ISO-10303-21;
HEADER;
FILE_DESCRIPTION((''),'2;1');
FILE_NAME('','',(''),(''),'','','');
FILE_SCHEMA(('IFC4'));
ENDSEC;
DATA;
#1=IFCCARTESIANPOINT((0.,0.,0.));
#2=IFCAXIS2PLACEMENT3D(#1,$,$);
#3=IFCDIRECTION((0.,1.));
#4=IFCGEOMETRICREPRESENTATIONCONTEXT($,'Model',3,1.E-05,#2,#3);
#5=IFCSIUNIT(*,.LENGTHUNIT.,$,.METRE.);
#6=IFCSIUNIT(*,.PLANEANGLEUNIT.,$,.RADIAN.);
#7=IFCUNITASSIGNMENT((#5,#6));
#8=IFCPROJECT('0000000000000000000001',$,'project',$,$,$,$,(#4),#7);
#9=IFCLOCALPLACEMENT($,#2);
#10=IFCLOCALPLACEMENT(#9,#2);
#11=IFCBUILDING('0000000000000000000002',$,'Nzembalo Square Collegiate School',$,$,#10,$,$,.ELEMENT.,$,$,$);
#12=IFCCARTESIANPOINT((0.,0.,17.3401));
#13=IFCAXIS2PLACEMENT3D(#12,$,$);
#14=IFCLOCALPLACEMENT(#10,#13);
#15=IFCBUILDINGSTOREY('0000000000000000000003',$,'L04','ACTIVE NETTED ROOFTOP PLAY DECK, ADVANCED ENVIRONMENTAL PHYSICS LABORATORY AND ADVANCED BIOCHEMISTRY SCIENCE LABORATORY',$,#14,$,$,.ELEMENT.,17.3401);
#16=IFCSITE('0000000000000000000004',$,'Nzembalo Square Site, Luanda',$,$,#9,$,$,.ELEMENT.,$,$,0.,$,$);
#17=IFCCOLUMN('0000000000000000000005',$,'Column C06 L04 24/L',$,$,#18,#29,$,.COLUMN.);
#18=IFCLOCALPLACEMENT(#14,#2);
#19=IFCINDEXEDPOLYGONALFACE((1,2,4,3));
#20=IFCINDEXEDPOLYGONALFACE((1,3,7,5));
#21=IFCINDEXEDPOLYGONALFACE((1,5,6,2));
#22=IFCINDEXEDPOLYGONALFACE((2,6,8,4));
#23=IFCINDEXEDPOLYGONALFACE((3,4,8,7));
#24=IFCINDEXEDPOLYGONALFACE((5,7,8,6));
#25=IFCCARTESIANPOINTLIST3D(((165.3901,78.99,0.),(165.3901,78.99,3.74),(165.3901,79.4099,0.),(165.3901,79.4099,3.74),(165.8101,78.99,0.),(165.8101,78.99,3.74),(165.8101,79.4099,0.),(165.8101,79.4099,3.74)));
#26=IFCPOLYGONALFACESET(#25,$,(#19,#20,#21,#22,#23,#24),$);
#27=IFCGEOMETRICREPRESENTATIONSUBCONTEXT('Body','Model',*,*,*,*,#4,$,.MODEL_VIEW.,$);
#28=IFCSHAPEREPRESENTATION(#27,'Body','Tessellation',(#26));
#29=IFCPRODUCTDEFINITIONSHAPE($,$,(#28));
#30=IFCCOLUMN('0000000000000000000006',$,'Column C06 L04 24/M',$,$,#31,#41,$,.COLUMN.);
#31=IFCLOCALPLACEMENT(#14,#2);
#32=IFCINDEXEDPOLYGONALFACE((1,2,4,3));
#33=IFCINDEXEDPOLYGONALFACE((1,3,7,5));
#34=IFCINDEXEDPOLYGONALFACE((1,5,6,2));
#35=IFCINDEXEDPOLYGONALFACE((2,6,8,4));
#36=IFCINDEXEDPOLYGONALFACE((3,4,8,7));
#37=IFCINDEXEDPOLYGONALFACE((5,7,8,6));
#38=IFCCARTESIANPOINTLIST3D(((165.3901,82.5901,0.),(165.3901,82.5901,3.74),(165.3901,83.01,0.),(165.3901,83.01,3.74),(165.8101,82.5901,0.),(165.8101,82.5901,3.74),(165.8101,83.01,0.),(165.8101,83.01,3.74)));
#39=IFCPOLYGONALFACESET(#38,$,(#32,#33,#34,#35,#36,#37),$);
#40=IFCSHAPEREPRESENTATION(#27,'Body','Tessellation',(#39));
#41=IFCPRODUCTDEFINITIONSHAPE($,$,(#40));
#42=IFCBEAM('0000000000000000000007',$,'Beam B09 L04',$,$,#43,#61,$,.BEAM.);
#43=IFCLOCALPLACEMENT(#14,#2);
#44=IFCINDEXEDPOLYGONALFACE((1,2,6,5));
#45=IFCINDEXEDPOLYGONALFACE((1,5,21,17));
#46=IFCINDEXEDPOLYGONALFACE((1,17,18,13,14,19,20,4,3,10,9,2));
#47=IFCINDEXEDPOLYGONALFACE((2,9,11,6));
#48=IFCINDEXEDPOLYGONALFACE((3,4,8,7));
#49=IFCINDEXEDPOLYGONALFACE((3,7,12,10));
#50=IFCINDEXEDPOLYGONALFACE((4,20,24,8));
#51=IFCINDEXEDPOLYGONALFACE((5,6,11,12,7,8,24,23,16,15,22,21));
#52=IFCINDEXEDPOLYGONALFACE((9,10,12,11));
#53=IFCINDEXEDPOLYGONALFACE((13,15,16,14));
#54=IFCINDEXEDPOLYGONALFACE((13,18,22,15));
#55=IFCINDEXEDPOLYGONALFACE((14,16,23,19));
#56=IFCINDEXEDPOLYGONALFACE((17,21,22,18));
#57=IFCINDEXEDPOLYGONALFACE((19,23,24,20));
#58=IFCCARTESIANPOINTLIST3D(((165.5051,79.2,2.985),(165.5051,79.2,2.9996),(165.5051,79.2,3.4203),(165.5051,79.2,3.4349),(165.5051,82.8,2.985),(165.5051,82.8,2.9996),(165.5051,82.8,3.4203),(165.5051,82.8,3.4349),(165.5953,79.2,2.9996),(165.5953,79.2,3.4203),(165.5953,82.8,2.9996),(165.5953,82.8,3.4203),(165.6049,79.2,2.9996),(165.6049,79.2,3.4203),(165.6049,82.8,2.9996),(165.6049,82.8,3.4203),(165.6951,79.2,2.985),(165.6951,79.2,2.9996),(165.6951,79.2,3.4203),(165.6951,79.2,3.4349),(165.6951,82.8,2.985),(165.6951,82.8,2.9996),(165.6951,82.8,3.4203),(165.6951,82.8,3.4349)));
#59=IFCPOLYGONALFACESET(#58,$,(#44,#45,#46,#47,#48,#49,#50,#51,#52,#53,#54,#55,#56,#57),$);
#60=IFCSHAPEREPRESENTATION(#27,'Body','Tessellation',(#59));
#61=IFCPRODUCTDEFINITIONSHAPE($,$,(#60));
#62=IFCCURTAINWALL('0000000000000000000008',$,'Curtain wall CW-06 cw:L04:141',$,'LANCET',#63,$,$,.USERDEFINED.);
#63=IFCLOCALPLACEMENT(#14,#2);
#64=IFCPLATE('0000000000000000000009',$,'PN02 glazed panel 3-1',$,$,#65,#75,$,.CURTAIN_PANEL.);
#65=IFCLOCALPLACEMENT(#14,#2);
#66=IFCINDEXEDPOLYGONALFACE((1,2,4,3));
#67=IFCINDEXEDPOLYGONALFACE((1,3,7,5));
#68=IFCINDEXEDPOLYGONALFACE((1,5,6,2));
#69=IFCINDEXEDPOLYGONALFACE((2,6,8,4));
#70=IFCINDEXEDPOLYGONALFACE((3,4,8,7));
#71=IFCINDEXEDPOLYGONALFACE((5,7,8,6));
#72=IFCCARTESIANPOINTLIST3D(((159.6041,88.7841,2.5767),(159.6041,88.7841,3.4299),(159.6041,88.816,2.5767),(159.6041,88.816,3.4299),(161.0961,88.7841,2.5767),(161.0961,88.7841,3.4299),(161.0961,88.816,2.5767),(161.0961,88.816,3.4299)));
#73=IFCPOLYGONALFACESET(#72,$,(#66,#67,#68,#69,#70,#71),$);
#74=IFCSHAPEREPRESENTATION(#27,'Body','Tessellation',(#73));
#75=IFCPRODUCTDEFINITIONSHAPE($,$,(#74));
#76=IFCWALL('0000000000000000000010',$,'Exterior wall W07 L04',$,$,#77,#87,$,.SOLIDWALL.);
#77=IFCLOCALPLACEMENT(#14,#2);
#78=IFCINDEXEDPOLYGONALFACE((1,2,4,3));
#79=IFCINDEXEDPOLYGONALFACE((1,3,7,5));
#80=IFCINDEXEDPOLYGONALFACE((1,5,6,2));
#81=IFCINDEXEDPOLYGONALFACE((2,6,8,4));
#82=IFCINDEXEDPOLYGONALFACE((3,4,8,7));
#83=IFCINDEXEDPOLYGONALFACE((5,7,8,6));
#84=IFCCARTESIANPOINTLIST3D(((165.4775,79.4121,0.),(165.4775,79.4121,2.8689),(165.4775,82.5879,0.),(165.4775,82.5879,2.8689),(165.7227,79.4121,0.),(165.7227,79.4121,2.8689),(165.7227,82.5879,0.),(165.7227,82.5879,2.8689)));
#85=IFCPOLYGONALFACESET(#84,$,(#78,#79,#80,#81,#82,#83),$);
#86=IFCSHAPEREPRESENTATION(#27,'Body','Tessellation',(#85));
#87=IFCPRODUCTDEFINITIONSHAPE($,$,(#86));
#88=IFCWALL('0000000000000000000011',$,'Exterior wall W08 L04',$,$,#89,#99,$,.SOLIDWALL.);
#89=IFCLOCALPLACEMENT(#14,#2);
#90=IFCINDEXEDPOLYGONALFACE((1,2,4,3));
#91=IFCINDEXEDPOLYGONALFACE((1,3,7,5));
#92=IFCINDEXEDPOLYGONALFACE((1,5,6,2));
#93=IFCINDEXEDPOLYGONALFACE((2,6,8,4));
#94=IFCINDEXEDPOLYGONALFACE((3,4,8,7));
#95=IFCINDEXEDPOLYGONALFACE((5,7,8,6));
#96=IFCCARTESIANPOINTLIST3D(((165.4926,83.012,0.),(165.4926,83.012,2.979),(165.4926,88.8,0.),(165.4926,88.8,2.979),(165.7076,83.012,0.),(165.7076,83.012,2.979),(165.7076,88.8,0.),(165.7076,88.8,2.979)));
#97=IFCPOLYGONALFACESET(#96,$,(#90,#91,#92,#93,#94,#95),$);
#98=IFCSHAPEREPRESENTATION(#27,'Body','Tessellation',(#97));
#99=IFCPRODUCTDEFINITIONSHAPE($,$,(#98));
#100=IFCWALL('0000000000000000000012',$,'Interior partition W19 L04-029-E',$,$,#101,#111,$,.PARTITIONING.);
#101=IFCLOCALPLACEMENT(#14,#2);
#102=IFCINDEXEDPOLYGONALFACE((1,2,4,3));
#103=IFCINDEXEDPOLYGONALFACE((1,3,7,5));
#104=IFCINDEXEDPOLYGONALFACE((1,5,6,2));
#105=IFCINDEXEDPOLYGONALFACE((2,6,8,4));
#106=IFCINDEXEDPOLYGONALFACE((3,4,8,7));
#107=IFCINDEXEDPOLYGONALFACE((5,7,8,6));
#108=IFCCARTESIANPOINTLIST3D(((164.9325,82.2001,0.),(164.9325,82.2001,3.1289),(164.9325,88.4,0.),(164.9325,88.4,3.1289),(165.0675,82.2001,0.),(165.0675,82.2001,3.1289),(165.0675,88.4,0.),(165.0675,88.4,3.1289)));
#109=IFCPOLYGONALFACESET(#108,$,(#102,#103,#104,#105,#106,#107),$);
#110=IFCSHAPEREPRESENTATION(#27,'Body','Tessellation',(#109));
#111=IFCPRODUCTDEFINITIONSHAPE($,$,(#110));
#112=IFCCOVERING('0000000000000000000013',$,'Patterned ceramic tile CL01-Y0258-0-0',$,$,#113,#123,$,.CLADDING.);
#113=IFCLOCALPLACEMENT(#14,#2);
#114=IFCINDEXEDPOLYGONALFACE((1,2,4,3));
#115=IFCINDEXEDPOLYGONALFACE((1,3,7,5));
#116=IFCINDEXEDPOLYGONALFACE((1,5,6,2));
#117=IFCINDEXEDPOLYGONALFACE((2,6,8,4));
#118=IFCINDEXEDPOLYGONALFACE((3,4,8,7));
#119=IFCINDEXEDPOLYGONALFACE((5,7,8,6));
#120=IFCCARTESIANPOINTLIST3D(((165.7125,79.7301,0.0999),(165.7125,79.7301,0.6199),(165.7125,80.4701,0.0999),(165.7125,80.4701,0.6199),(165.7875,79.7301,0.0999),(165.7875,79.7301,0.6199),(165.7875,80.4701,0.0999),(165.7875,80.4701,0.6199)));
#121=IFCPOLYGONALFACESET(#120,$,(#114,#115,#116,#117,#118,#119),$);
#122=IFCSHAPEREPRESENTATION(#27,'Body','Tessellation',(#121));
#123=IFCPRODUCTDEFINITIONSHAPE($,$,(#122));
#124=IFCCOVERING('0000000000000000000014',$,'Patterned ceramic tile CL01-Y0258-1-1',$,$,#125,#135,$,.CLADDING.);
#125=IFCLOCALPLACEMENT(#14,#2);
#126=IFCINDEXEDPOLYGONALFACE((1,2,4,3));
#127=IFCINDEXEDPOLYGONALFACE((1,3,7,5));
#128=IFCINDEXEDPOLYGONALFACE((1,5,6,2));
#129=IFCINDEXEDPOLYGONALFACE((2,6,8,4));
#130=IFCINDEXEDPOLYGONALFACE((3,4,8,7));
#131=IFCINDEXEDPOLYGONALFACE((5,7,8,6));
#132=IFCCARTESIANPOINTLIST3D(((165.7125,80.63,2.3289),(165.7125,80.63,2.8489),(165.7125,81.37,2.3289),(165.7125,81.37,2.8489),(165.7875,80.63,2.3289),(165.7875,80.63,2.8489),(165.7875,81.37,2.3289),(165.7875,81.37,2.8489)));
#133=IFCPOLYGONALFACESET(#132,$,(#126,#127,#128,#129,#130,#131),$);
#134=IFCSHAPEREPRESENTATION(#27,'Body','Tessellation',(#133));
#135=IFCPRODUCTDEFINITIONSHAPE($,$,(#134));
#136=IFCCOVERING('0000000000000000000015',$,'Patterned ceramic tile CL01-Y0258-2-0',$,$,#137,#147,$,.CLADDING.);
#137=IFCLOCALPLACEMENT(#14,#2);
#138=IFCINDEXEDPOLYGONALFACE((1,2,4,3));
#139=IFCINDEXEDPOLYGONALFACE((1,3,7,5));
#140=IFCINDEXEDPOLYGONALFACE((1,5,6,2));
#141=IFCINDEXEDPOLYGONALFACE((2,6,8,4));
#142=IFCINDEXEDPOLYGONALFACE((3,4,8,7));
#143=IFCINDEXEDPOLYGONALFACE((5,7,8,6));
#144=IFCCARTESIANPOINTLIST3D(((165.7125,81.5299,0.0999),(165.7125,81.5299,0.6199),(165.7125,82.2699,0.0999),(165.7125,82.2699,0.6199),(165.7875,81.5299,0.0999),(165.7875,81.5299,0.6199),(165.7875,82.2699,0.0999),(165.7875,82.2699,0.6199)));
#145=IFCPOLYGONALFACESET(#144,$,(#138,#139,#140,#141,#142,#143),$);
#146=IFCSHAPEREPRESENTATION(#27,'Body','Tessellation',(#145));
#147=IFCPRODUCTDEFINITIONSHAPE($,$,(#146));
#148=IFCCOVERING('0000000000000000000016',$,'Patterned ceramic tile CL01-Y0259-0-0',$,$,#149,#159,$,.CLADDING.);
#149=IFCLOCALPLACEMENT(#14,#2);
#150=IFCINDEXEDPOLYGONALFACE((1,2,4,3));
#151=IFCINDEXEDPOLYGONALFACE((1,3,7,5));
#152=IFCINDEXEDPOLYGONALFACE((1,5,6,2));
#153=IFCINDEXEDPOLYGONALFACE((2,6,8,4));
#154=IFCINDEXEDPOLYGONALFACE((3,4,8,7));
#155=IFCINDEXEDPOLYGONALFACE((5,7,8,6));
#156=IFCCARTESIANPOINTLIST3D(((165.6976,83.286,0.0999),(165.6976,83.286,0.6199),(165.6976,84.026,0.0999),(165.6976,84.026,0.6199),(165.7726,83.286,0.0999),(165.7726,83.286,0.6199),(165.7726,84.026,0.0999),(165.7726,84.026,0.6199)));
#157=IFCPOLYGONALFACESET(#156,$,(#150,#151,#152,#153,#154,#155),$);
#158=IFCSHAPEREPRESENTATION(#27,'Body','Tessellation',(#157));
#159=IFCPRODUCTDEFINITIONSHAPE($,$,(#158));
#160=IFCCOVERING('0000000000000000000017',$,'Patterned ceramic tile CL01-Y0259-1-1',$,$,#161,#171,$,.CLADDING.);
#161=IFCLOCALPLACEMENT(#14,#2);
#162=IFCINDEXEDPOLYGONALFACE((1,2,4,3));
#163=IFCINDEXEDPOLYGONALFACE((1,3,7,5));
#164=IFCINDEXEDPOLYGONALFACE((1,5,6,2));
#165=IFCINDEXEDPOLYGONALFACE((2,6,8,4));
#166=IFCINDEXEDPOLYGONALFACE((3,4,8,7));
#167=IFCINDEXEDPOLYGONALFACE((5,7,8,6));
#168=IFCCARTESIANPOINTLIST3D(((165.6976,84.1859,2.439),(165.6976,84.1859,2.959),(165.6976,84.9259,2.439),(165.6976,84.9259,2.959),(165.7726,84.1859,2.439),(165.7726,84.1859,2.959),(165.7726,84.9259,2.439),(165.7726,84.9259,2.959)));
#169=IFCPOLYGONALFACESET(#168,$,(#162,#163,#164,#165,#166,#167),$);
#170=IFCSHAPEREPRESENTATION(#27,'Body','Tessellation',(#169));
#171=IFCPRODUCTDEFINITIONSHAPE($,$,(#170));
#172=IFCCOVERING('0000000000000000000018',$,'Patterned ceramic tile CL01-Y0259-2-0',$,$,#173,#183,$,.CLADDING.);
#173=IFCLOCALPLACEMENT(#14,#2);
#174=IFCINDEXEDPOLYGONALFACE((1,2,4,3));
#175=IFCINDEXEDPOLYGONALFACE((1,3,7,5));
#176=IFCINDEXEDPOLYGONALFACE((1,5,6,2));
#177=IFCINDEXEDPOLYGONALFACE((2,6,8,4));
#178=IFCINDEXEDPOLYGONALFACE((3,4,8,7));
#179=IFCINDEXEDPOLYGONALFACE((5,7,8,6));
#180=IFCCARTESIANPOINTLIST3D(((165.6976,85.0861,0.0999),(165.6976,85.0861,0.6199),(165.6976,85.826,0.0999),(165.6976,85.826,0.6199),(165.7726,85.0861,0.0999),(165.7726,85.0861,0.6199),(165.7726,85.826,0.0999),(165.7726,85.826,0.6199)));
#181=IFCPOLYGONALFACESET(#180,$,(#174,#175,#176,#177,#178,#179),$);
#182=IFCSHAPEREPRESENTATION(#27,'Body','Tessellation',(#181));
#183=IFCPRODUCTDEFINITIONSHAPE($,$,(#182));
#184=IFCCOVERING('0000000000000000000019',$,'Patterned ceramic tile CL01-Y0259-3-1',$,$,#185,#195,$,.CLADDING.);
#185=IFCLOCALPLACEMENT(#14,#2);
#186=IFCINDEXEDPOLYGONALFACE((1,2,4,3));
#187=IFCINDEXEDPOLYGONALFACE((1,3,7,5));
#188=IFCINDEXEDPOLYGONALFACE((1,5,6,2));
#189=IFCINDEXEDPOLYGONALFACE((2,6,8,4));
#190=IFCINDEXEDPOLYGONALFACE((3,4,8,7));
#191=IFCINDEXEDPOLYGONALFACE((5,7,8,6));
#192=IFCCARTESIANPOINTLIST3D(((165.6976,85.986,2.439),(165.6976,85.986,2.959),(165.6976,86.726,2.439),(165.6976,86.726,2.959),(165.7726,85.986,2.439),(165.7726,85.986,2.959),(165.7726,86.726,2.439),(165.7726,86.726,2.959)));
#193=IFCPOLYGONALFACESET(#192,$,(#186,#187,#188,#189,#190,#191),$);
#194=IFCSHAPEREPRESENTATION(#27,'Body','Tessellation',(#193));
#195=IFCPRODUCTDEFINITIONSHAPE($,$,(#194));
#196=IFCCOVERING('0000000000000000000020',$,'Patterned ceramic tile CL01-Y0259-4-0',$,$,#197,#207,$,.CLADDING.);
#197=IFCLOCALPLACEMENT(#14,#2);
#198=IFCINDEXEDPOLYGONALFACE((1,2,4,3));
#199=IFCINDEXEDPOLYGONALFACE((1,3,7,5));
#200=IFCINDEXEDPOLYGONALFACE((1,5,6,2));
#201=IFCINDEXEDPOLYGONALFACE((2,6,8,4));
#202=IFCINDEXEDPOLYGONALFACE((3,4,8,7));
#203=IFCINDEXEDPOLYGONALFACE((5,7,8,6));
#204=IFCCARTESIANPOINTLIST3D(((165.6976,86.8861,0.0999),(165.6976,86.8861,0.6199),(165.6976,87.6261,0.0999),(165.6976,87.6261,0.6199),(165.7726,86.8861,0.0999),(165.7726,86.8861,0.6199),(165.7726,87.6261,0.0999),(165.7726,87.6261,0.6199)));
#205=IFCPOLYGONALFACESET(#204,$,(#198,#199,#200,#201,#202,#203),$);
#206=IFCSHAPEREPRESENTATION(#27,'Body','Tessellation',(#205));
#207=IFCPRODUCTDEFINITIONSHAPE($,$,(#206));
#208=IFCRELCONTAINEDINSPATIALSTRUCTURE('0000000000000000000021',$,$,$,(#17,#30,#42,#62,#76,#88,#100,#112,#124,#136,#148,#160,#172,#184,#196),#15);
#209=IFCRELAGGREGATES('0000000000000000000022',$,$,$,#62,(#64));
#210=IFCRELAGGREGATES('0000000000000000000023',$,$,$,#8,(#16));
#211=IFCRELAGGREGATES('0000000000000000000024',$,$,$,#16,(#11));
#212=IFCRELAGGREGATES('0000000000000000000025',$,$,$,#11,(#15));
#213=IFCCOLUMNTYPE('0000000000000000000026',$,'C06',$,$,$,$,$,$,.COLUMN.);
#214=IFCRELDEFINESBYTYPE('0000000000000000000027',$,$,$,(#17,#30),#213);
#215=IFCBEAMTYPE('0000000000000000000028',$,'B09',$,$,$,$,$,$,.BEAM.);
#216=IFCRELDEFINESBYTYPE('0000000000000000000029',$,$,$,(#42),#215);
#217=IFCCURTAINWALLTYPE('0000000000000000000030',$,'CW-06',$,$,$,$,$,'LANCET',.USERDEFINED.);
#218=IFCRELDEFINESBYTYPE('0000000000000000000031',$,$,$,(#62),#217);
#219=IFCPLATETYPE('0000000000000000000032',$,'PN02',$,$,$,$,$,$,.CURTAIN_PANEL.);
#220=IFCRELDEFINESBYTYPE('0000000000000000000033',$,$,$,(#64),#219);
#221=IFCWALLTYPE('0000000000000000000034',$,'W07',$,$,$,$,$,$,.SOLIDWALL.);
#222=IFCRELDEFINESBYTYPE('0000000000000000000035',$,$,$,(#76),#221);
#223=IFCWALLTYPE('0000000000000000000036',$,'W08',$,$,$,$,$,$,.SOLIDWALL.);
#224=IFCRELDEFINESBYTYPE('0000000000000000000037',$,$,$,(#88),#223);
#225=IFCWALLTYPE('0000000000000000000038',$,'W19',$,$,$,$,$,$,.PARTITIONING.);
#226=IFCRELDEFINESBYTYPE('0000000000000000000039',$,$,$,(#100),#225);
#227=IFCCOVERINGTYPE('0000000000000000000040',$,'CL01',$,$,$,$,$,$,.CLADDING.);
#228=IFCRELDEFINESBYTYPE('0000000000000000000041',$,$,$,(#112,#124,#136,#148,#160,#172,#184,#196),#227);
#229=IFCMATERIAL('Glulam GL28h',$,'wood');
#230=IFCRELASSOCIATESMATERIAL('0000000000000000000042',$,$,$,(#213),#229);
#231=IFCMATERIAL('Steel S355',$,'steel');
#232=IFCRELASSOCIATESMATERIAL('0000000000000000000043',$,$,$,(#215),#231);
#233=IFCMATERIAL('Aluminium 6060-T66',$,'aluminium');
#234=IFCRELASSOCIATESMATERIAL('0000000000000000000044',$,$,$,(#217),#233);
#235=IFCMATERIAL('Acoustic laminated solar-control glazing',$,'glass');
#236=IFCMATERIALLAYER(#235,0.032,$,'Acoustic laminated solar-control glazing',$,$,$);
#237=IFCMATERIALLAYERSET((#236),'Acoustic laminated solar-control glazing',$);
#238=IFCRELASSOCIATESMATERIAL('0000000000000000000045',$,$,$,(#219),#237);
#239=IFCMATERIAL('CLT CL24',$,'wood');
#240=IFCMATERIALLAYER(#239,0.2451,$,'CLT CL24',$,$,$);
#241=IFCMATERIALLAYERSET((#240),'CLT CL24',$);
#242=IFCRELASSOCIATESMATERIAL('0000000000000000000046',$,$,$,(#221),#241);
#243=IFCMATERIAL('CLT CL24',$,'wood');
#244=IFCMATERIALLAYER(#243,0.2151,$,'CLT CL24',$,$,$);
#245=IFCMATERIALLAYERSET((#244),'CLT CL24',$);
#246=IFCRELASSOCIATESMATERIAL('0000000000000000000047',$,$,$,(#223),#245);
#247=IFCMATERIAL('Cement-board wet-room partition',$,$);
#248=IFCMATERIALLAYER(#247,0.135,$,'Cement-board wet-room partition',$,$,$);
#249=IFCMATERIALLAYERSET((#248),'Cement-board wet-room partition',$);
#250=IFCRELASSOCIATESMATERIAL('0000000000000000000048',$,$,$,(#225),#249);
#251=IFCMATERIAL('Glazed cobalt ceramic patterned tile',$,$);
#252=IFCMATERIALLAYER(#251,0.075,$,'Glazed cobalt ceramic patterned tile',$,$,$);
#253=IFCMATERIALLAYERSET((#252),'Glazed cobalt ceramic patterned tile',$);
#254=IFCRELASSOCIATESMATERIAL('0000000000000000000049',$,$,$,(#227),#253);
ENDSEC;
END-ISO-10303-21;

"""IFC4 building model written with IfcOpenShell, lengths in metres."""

from ifc_helpers import new_model, si_unit, direction, frame, frame_2d, origin, origin_2d, place, context, subcontext, project, spatial, rectangle, i_section, extrude, material, layer, layer_set, material_profile, profile_set, type_object, element, aggregate, save


model = new_model("IFC4")

# Units and contexts
model_context = context("Model", 3, precision=1e-05, world=origin(), true_north=direction((0.0, 1.0)))
body_context = subcontext(model_context, "Body", "Model", "MODEL_VIEW")
ifc_project = project(units=[si_unit("LENGTHUNIT", "METRE"), si_unit("PLANEANGLEUNIT", "RADIAN")], contexts=[model_context])

# Site, building, storey
site_placement = place(None, origin())
site = spatial("IfcSite", under=ifc_project, at=site_placement, Name="Nzembalo Square Site, Luanda", CompositionType="ELEMENT", RefElevation=0.0)
building_placement = place(site_placement, origin())
building = spatial("IfcBuilding", under=site, at=building_placement, Name="Nzembalo Square Collegiate School", CompositionType="ELEMENT")
storey_placement = place(building_placement, frame((0.0, 0.0, 17.3401)))
storey = spatial("IfcBuildingStorey", under=building, at=storey_placement, Name="L04", Description="ACTIVE NETTED ROOFTOP PLAY DECK, ADVANCED ENVIRONMENTAL PHYSICS LABORATORY AND ADVANCED BIOCHEMISTRY SCIENCE LABORATORY", CompositionType="ELEMENT", Elevation=17.3401)

# Columns
ifc_material_1 = material(Name="Glulam GL28h", Category="wood")
ifc_material_profile_1 = material_profile(ifc_material_1, rectangle(XDim=0.4199, YDim=0.4199, at=origin_2d()), Name="GL28h 420x420")
ifc_profile_set_1 = profile_set([ifc_material_profile_1], Name="Glulam GL28h")
column_type = type_object("IfcColumnType", Name="C06", PredefinedType="COLUMN", material=ifc_profile_set_1)
for number, where, z_axis, x_axis, name in (
    (1, (165.6001, 79.2, 0.0), (0.0, 0.0, 1.0), (1.0, 0.0, 0.0), "Column C06 L04 24/L"),
    (2, (165.6001, 82.8, 0.0), (0.0, 0.0, 1.0), (1.0, 0.0, 0.0), "Column C06 L04 24/M"),
):
    element("IfcColumn", number, at=place(storey_placement, frame(where, z_axis=z_axis, x_axis=x_axis)), inside=storey, type_object=column_type, Name=name, PredefinedType="COLUMN", context=body_context, shape_type="SweptSolid", body=[
        extrude(rectangle(XDim=0.4199, YDim=0.4199, at=origin_2d()), origin(), (0.0, 0.0, 1.0), 3.74),
    ])

# Beam
ifc_material_2 = material(Name="Steel S355", Category="steel")
ifc_material_profile_2 = material_profile(ifc_material_2, i_section(OverallWidth=0.1899, OverallDepth=0.45, WebThickness=0.0095, FlangeThickness=0.0146, at=origin_2d()), Name="IPE 450")
ifc_profile_set_2 = profile_set([ifc_material_profile_2], Name="Steel S355")
beam_type = type_object("IfcBeamType", Name="B09", PredefinedType="BEAM", material=ifc_profile_set_2)
beam_placement = place(storey_placement, frame((165.6001, 79.2, 3.21), z_axis=(0.0, 1.0, 0.0), x_axis=(-1.0, 0.0, 0.0)))
element("IfcBeam", 3, at=beam_placement, inside=storey, type_object=beam_type, Name="Beam B09 L04", PredefinedType="BEAM", context=body_context, shape_type="SweptSolid", body=[
    extrude(i_section(OverallWidth=0.1899, OverallDepth=0.45, WebThickness=0.0095, FlangeThickness=0.0146, at=origin_2d()), origin(), (0.0, 0.0, 1.0), 3.6001),
])

# Curtain wall, plate
ifc_material_3 = material(Name="Aluminium 6060-T66", Category="aluminium")
curtain_wall_type = type_object("IfcCurtainWallType", Name="CW-06", ElementType="LANCET", PredefinedType="USERDEFINED", material=ifc_material_3)
curtain_wall_placement = place(storey_placement, origin())
curtain_wall = element("IfcCurtainWall", 4, at=curtain_wall_placement, inside=storey, type_object=curtain_wall_type, Name="Curtain wall CW-06 cw:L04:141", ObjectType="LANCET", PredefinedType="USERDEFINED")
ifc_material_4 = material(Name="Acoustic laminated solar-control glazing", Category="glass")
ifc_layer_1 = layer(ifc_material_4, 0.032, Name="Acoustic laminated solar-control glazing")
ifc_layer_set_1 = layer_set([ifc_layer_1], Name="Acoustic laminated solar-control glazing")
plate_type = type_object("IfcPlateType", Name="PN02", PredefinedType="CURTAIN_PANEL", material=ifc_layer_set_1)
plate_placement = place(storey_placement, frame((160.3501, 88.8, 2.5767), z_axis=(0.0, 0.0, 1.0), x_axis=(1.0, 0.0, 0.0)))
plate = element("IfcPlate", 5, at=plate_placement, type_object=plate_type, Name="PN02 glazed panel 3-1", PredefinedType="CURTAIN_PANEL", context=body_context, shape_type="SweptSolid", body=[
    extrude(rectangle(XDim=1.4919, YDim=0.032, at=origin_2d()), origin(), (0.0, 0.0, 1.0), 0.8533),
])
aggregate(curtain_wall, [plate])

# Walls
ifc_material_5 = material(Name="CLT CL24", Category="wood")
ifc_layer_2 = layer(ifc_material_5, 0.2451, Name="CLT CL24")
ifc_layer_set_2 = layer_set([ifc_layer_2], Name="CLT CL24")
wall_type_1 = type_object("IfcWallType", Name="W07", PredefinedType="SOLIDWALL", material=ifc_layer_set_2)
wall_1_placement = place(storey_placement, frame((165.6001, 79.4121, 0.0), z_axis=(0.0, 0.0, 1.0), x_axis=(0.0, 1.0, 0.0)))
element("IfcWall", 6, at=wall_1_placement, inside=storey, type_object=wall_type_1, Name="Exterior wall W07 L04", PredefinedType="SOLIDWALL", context=body_context, shape_type="SweptSolid", body=[
    extrude(rectangle(XDim=3.1758, YDim=0.2451, at=frame_2d((1.5879, 0.0))), origin(), (0.0, 0.0, 1.0), 2.8689),
])
ifc_material_6 = material(Name="CLT CL24", Category="wood")
ifc_layer_3 = layer(ifc_material_6, 0.2151, Name="CLT CL24")
ifc_layer_set_3 = layer_set([ifc_layer_3], Name="CLT CL24")
wall_type_2 = type_object("IfcWallType", Name="W08", PredefinedType="SOLIDWALL", material=ifc_layer_set_3)
wall_2_placement = place(storey_placement, frame((165.6001, 83.012, 0.0), z_axis=(0.0, 0.0, 1.0), x_axis=(0.0, 1.0, 0.0)))
element("IfcWall", 7, at=wall_2_placement, inside=storey, type_object=wall_type_2, Name="Exterior wall W08 L04", PredefinedType="SOLIDWALL", context=body_context, shape_type="SweptSolid", body=[
    extrude(rectangle(XDim=5.7881, YDim=0.2151, at=frame_2d((2.894, 0.0))), origin(), (0.0, 0.0, 1.0), 2.979),
])
ifc_material_7 = material(Name="Cement-board wet-room partition")
ifc_layer_4 = layer(ifc_material_7, 0.135, Name="Cement-board wet-room partition")
ifc_layer_set_4 = layer_set([ifc_layer_4], Name="Cement-board wet-room partition")
wall_type_3 = type_object("IfcWallType", Name="W19", PredefinedType="PARTITIONING", material=ifc_layer_set_4)
wall_3_placement = place(storey_placement, frame((165.0, 82.2, 0.0), z_axis=(0.0, 0.0, 1.0), x_axis=(0.0, 1.0, 0.0)))
element("IfcWall", 8, at=wall_3_placement, inside=storey, type_object=wall_type_3, Name="Interior partition W19 L04-029-E", PredefinedType="PARTITIONING", context=body_context, shape_type="SweptSolid", body=[
    extrude(rectangle(XDim=6.2, YDim=0.135, at=frame_2d((3.1001, 0.0))), origin(), (0.0, 0.0, 1.0), 3.1289),
])

# Coverings
ifc_material_8 = material(Name="Glazed cobalt ceramic patterned tile")
ifc_layer_5 = layer(ifc_material_8, 0.075, Name="Glazed cobalt ceramic patterned tile")
ifc_layer_set_5 = layer_set([ifc_layer_5], Name="Glazed cobalt ceramic patterned tile")
covering_type_1 = type_object("IfcCoveringType", Name="CL01", PredefinedType="CLADDING", material=ifc_layer_set_5)
for number, where, z_axis, x_axis, name in (
    (9, (165.75, 80.1001, 0.0999), (0.0, 0.0, 1.0), (1.0, 0.0, 0.0), "Patterned ceramic tile CL01-Y0258-0-0"),
    (10, (165.75, 81.0, 2.3289), (0.0, 0.0, 1.0), (1.0, 0.0, 0.0), "Patterned ceramic tile CL01-Y0258-1-1"),
    (11, (165.75, 81.8999, 0.0999), (0.0, 0.0, 1.0), (1.0, 0.0, 0.0), "Patterned ceramic tile CL01-Y0258-2-0"),
    (12, (165.7351, 83.656, 0.0999), (0.0, 0.0, 1.0), (1.0, 0.0, 0.0), "Patterned ceramic tile CL01-Y0259-0-0"),
    (13, (165.7351, 84.5559, 2.439), (0.0, 0.0, 1.0), (1.0, 0.0, 0.0), "Patterned ceramic tile CL01-Y0259-1-1"),
    (14, (165.7351, 85.4561, 0.0999), (0.0, 0.0, 1.0), (1.0, 0.0, 0.0), "Patterned ceramic tile CL01-Y0259-2-0"),
    (15, (165.7351, 86.356, 2.439), (0.0, 0.0, 1.0), (1.0, 0.0, 0.0), "Patterned ceramic tile CL01-Y0259-3-1"),
    (16, (165.7351, 87.2561, 0.0999), (0.0, 0.0, 1.0), (1.0, 0.0, 0.0), "Patterned ceramic tile CL01-Y0259-4-0"),
):
    element("IfcCovering", number, at=place(storey_placement, frame(where, z_axis=z_axis, x_axis=x_axis)), inside=storey, type_object=covering_type_1, Name=name, PredefinedType="CLADDING", context=body_context, shape_type="SweptSolid", body=[
        extrude(rectangle(XDim=0.075, YDim=0.74, at=origin_2d()), origin(), (0.0, 0.0, 1.0), 0.52),
    ])

save(model, "model.ifc")
